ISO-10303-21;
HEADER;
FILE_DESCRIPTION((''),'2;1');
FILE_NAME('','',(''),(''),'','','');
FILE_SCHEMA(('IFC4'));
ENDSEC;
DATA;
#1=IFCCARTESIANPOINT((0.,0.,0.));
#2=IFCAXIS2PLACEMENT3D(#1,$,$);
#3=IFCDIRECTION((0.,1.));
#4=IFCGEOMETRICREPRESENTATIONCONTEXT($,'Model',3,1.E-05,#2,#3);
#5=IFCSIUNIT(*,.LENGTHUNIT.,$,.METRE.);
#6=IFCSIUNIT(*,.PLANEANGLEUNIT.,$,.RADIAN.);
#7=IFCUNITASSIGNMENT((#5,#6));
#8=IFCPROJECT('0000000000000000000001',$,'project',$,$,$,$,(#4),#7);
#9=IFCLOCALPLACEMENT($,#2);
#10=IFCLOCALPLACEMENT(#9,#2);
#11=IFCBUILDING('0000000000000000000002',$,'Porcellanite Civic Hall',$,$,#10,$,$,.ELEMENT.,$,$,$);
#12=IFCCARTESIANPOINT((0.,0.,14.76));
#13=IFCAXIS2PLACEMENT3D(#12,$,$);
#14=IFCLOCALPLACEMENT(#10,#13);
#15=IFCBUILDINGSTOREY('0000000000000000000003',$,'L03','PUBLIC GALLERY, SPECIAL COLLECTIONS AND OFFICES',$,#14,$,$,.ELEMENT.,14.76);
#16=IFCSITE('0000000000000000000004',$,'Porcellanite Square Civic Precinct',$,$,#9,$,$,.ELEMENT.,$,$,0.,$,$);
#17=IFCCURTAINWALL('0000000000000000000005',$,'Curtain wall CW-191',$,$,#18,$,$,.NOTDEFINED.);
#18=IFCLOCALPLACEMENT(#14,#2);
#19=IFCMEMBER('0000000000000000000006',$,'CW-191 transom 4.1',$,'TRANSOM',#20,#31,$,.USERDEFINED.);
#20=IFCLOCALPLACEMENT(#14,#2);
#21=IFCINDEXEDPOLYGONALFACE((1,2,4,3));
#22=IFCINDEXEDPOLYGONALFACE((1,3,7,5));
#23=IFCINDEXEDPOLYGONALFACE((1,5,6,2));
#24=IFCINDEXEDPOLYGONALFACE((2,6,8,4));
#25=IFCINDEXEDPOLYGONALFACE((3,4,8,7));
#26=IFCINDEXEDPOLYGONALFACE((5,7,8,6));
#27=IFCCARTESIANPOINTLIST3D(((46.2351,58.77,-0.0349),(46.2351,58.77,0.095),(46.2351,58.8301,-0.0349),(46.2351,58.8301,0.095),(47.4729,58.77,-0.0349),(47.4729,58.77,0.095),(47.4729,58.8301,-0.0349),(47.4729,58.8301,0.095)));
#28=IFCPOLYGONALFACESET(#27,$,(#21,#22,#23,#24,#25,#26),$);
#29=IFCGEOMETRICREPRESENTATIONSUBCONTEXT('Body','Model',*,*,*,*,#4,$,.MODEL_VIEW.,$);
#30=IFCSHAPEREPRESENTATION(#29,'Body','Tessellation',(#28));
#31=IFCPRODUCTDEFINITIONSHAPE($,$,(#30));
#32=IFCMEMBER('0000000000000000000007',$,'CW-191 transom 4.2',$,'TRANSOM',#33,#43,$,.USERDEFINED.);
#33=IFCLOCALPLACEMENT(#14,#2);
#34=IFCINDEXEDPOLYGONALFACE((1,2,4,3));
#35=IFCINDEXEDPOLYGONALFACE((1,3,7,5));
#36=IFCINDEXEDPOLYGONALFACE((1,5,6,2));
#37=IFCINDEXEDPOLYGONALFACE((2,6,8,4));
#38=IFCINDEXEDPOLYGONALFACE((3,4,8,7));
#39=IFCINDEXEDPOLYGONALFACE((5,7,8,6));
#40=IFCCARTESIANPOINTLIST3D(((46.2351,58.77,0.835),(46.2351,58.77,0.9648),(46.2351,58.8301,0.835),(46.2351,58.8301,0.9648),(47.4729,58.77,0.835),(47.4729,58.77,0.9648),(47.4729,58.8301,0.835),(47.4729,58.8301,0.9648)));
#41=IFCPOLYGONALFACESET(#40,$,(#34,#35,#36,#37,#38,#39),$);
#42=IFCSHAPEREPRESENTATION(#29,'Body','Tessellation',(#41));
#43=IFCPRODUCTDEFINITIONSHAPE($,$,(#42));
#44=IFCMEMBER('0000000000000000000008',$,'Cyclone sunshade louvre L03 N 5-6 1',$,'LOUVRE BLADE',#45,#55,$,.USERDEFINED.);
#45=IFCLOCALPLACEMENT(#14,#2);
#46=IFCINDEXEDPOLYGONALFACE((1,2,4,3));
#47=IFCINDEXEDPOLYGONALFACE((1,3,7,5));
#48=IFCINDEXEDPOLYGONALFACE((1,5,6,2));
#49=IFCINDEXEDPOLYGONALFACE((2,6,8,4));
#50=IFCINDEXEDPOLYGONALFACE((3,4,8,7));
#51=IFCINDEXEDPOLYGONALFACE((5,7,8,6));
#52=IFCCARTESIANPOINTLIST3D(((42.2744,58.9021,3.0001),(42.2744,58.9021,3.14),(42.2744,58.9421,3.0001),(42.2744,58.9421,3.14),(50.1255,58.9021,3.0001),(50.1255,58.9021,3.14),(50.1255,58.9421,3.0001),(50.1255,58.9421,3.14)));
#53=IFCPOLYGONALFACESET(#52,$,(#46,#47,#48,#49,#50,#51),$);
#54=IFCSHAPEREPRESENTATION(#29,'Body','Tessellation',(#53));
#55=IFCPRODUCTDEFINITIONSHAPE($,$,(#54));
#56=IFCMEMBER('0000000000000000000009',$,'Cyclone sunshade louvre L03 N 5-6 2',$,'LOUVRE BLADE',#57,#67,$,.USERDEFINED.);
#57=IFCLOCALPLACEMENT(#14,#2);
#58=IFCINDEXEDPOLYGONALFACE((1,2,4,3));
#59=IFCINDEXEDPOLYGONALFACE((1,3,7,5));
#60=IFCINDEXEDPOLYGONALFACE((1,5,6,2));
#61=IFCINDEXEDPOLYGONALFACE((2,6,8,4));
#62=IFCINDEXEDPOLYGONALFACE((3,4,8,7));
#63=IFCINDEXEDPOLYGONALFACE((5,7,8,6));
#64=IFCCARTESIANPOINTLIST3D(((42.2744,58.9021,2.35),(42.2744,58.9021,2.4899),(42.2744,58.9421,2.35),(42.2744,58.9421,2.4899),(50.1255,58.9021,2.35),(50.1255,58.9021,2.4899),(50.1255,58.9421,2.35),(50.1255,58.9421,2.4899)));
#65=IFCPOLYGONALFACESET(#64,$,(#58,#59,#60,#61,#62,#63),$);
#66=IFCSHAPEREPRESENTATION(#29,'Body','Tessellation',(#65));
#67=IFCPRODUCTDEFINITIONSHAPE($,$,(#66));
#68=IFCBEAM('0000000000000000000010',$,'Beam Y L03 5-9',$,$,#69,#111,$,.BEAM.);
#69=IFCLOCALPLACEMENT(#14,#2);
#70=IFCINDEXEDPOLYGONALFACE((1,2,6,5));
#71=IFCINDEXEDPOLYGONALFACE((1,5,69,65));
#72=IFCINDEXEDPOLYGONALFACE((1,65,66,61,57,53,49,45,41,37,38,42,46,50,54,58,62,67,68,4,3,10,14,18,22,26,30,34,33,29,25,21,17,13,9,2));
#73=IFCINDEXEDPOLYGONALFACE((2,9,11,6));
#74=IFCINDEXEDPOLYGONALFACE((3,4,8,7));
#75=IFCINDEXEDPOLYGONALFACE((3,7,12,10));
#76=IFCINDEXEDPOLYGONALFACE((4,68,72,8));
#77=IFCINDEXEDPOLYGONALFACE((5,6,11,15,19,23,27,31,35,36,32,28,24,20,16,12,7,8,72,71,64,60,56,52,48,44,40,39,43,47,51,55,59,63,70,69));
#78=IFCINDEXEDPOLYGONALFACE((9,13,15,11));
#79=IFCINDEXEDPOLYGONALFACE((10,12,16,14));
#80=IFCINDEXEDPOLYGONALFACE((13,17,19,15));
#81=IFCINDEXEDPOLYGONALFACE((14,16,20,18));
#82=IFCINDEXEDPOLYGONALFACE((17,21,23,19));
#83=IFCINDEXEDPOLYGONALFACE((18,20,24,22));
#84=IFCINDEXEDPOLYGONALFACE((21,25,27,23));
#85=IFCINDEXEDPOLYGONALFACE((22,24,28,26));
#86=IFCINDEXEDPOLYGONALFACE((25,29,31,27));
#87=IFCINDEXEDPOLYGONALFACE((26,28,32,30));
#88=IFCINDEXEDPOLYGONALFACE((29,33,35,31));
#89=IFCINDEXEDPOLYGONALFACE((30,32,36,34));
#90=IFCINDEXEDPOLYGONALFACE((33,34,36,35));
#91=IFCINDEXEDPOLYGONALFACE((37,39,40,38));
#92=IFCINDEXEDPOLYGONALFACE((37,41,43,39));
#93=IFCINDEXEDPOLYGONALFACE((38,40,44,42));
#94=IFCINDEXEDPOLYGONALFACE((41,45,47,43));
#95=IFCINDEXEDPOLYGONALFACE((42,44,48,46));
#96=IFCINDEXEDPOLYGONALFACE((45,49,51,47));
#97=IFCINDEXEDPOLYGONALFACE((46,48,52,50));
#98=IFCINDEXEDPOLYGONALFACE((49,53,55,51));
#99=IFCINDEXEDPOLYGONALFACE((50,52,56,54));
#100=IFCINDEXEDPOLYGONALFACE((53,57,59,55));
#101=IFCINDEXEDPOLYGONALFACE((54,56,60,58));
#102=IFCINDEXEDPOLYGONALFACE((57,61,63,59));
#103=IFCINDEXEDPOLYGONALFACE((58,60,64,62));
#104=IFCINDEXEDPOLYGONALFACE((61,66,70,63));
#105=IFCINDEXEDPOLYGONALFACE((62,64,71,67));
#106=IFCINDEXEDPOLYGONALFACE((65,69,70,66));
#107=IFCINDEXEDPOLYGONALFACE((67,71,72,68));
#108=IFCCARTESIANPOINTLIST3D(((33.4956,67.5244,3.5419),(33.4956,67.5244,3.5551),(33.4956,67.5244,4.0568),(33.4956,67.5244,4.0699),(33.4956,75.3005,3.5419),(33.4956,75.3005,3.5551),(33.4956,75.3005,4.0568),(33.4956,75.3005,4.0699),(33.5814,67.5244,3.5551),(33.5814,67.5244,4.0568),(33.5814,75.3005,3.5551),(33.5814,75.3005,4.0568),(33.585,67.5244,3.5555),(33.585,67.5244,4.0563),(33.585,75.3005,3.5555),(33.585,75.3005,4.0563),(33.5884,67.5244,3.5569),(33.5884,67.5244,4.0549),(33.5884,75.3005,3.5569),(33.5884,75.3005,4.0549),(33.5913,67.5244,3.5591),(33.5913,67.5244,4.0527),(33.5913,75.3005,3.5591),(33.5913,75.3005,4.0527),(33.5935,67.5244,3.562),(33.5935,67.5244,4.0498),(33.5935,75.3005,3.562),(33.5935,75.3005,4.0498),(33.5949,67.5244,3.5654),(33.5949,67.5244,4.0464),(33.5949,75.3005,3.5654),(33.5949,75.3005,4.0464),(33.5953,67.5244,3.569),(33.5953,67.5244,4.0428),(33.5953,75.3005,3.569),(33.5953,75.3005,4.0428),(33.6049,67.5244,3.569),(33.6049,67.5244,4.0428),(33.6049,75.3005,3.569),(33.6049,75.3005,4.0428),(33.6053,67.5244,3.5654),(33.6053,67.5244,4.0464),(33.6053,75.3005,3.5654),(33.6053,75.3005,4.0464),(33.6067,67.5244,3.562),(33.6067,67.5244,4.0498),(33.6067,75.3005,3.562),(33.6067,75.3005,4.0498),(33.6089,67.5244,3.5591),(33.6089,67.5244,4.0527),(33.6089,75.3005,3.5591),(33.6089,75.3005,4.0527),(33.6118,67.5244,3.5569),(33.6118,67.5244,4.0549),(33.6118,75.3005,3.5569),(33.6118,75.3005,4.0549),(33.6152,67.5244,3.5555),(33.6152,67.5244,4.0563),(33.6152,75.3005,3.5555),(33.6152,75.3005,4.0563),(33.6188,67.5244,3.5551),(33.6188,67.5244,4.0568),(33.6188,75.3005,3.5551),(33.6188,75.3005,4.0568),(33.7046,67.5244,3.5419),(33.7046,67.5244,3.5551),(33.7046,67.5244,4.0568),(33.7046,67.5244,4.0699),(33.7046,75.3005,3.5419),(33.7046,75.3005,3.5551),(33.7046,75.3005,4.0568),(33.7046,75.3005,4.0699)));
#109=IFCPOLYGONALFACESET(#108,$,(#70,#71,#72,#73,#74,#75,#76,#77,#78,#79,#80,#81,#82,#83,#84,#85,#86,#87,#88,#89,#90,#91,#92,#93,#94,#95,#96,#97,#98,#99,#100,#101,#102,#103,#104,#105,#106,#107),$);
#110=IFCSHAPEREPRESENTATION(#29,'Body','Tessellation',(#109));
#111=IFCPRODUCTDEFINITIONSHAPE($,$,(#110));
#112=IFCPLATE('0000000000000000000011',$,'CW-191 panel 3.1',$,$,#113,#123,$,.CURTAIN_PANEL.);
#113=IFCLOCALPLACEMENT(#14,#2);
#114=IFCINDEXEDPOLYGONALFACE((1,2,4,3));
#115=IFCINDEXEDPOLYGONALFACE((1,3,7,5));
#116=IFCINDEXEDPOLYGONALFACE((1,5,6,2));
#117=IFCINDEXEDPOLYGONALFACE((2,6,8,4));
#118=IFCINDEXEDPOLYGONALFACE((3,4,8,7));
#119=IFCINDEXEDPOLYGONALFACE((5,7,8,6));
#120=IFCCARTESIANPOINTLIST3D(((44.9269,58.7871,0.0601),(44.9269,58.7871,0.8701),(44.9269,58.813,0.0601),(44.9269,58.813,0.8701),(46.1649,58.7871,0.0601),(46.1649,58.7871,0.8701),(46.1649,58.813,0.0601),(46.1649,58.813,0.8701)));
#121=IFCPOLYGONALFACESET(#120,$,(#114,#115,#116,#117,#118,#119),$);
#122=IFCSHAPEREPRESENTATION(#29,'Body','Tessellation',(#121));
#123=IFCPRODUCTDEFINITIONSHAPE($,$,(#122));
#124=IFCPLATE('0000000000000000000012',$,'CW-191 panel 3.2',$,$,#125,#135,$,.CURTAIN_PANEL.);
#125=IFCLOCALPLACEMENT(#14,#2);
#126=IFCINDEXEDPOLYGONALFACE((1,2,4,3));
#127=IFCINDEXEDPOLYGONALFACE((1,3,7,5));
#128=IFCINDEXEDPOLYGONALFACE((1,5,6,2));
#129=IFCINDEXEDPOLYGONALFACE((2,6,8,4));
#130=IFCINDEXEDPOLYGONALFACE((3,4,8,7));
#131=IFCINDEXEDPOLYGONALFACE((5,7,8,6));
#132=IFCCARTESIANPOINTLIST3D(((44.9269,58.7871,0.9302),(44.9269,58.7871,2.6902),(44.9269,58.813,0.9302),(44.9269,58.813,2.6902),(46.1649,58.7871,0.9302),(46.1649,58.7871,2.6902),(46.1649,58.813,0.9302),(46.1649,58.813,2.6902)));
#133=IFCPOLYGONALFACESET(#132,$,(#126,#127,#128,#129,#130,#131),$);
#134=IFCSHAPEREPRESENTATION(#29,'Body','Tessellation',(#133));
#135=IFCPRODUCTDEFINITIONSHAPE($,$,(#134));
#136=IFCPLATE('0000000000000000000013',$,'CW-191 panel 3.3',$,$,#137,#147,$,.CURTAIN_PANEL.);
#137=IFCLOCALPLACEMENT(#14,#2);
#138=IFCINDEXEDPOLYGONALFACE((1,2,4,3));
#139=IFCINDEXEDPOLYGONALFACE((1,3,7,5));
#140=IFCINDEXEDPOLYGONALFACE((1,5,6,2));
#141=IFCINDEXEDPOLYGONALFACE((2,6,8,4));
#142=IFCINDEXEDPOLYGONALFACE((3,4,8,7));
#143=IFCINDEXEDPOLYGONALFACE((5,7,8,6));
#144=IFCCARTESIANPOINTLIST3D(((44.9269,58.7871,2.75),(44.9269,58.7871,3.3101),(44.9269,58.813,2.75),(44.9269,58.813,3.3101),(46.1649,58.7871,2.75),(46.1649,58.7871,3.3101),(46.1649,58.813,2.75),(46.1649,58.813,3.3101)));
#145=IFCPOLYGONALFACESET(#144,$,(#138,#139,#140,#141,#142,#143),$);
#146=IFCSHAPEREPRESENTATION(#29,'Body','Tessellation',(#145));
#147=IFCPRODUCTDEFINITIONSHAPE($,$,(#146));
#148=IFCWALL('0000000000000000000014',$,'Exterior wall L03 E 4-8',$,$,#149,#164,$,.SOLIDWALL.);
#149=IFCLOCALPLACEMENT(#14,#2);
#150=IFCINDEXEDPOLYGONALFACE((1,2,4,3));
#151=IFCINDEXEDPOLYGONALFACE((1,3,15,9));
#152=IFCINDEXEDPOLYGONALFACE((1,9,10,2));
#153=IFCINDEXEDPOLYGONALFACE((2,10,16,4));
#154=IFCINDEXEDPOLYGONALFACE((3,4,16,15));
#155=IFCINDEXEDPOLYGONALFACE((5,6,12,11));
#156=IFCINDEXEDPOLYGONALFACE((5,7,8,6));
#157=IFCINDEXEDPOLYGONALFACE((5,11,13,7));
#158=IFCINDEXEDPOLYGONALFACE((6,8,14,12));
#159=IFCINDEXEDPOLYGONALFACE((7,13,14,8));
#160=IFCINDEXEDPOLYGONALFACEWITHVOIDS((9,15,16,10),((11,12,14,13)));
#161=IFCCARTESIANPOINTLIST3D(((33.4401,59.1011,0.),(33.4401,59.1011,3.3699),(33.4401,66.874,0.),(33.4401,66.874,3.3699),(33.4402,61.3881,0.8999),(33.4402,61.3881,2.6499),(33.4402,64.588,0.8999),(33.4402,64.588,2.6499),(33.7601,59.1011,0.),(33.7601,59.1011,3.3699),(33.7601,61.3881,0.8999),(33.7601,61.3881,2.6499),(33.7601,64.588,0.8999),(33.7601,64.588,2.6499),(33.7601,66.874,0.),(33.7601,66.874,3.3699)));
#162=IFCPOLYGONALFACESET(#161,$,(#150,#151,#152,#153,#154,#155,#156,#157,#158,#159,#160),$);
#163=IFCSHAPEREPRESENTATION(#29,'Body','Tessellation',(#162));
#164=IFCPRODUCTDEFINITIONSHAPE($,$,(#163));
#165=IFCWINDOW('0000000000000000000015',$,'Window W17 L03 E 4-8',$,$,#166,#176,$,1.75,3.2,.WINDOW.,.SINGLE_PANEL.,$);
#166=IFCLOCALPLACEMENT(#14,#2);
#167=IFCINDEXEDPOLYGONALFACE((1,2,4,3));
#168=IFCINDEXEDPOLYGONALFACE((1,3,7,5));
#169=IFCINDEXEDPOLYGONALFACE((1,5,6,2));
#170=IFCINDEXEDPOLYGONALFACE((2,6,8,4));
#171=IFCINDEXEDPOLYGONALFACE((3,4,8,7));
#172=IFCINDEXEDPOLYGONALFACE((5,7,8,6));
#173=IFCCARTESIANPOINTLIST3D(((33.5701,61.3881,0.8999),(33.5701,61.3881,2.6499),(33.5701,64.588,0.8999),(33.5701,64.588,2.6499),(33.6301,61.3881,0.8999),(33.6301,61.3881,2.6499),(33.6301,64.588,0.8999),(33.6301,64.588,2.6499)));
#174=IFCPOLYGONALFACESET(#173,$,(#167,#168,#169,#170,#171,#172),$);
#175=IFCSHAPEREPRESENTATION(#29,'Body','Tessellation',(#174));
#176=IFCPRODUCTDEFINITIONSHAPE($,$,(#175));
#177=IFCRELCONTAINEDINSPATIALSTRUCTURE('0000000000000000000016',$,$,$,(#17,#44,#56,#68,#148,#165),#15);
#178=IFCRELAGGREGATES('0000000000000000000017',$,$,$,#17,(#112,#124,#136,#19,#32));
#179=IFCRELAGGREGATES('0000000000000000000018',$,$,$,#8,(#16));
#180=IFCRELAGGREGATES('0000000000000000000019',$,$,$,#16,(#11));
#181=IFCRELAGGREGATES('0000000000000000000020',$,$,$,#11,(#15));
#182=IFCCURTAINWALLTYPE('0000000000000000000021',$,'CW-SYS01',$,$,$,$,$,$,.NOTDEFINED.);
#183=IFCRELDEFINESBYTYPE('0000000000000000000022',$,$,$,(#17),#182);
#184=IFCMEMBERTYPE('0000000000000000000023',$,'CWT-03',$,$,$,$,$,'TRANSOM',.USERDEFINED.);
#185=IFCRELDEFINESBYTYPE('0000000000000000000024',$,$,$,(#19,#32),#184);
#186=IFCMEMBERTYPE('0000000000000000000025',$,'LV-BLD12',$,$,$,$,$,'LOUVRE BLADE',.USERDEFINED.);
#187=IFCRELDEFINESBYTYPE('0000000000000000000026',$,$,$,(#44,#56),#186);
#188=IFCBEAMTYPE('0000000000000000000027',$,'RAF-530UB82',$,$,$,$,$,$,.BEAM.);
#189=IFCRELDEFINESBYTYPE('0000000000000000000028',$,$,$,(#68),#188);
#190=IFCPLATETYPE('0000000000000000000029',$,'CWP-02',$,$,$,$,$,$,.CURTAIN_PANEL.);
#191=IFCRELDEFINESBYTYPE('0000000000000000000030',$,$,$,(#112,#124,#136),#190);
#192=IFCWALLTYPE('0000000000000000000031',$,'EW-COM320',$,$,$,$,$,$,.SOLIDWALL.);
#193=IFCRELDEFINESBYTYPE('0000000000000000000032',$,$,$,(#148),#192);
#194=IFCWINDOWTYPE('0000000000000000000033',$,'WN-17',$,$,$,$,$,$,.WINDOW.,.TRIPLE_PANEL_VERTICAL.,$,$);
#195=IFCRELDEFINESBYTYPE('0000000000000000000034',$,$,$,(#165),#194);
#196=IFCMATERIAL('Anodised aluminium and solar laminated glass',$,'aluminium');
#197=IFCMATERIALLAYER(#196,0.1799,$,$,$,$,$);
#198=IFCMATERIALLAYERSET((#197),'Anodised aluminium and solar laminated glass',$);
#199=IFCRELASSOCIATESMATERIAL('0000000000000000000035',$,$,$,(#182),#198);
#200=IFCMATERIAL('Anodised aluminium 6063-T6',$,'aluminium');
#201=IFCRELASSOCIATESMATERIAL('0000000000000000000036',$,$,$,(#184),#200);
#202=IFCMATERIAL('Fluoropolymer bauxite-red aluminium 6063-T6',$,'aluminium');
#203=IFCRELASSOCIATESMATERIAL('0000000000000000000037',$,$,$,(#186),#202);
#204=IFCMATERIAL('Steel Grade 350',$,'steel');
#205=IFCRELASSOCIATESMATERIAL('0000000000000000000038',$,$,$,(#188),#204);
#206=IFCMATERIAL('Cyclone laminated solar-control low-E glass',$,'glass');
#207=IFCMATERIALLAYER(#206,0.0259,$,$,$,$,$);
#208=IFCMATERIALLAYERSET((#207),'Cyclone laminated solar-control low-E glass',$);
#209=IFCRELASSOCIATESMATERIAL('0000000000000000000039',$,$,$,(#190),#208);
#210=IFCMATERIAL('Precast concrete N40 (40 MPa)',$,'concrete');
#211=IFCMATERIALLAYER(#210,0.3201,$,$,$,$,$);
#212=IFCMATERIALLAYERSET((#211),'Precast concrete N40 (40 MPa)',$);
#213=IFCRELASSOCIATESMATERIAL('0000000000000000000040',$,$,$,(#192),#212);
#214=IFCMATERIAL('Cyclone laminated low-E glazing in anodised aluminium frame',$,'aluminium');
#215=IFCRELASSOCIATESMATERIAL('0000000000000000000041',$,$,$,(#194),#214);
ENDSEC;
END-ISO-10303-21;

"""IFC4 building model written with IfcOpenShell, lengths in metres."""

from ifc_helpers import new_model, si_unit, direction, frame, frame_2d, origin, origin_2d, place, context, subcontext, project, spatial, rectangle, i_section, extrude, material, layer, layer_set, material_profile, profile_set, type_object, element, fill, aggregate, save


model = new_model("IFC4")

# Units and contexts
model_context = context("Model", 3, precision=1e-05, world=origin(), true_north=direction((0.0, 1.0)))
body_context = subcontext(model_context, "Body", "Model", "MODEL_VIEW")
ifc_project = project(units=[si_unit("LENGTHUNIT", "METRE"), si_unit("PLANEANGLEUNIT", "RADIAN")], contexts=[model_context])

# Site, building, storey
site_placement = place(None, origin())
site = spatial("IfcSite", under=ifc_project, at=site_placement, Name="Porcellanite Square Civic Precinct", CompositionType="ELEMENT", RefElevation=0.0)
building_placement = place(site_placement, origin())
building = spatial("IfcBuilding", under=site, at=building_placement, Name="Porcellanite Civic Hall", CompositionType="ELEMENT")
storey_placement = place(building_placement, frame((0.0, 0.0, 14.76)))
storey = spatial("IfcBuildingStorey", under=building, at=storey_placement, Name="L03", Description="PUBLIC GALLERY, SPECIAL COLLECTIONS AND OFFICES", CompositionType="ELEMENT", Elevation=14.76)

# Curtain wall, members
ifc_material_1 = material(Name="Anodised aluminium and solar laminated glass", Category="aluminium")
ifc_layer_1 = layer(ifc_material_1, 0.1799)
ifc_layer_set_1 = layer_set([ifc_layer_1], Name="Anodised aluminium and solar laminated glass")
curtain_wall_type = type_object("IfcCurtainWallType", Name="CW-SYS01", PredefinedType="NOTDEFINED", material=ifc_layer_set_1)
curtain_wall_placement = place(storey_placement, origin())
curtain_wall = element("IfcCurtainWall", 1, at=curtain_wall_placement, inside=storey, type_object=curtain_wall_type, Name="Curtain wall CW-191", PredefinedType="NOTDEFINED")
ifc_material_2 = material(Name="Anodised aluminium 6063-T6", Category="aluminium")
ifc_material_profile_1 = material_profile(ifc_material_2, rectangle(XDim=0.0601, YDim=0.1299, at=origin_2d()), Name="AL-60x130")
ifc_profile_set_1 = profile_set([ifc_material_profile_1], Name="Anodised aluminium 6063-T6")
member_type_1 = type_object("IfcMemberType", Name="CWT-03", ElementType="TRANSOM", PredefinedType="USERDEFINED", material=ifc_profile_set_1)
member_1_placement = place(storey_placement, frame((46.2351, 58.8, 0.03), z_axis=(1.0, 0.0, 0.0), x_axis=(0.0, 1.0, 0.0)))
member_1 = element("IfcMember", 2, at=member_1_placement, type_object=member_type_1, Name="CW-191 transom 4.1", ObjectType="TRANSOM", PredefinedType="USERDEFINED", context=body_context, shape_type="SweptSolid", body=[
    extrude(rectangle(XDim=0.0601, YDim=0.1299, at=origin_2d()), origin(), (0.0, 0.0, 1.0), 1.2378),
])
member_2_placement = place(storey_placement, frame((46.2351, 58.8, 0.8999), z_axis=(1.0, 0.0, 0.0), x_axis=(0.0, 1.0, 0.0)))
member_2 = element("IfcMember", 3, at=member_2_placement, type_object=member_type_1, Name="CW-191 transom 4.2", ObjectType="TRANSOM", PredefinedType="USERDEFINED", context=body_context, shape_type="SweptSolid", body=[
    extrude(rectangle(XDim=0.0601, YDim=0.1299, at=origin_2d()), origin(), (0.0, 0.0, 1.0), 1.2378),
])

# Members
ifc_material_3 = material(Name="Fluoropolymer bauxite-red aluminium 6063-T6", Category="aluminium")
ifc_material_profile_2 = material_profile(ifc_material_3, rectangle(XDim=0.04, YDim=0.1399, at=origin_2d()), Name="AL-40x140")
ifc_profile_set_2 = profile_set([ifc_material_profile_2], Name="Fluoropolymer bauxite-red aluminium 6063-T6")
member_type_2 = type_object("IfcMemberType", Name="LV-BLD12", ElementType="LOUVRE BLADE", PredefinedType="USERDEFINED", material=ifc_profile_set_2)
for number, where, z_axis, x_axis, name in (
    (4, (42.2744, 58.9221, 3.0701), (1.0, 0.0, 0.0), (0.0, 1.0, 0.0), "Cyclone sunshade louvre L03 N 5-6 1"),
    (5, (42.2744, 58.9221, 2.4199), (1.0, 0.0, 0.0), (0.0, 1.0, 0.0), "Cyclone sunshade louvre L03 N 5-6 2"),
):
    element("IfcMember", number, at=place(storey_placement, frame(where, z_axis=z_axis, x_axis=x_axis)), inside=storey, type_object=member_type_2, Name=name, ObjectType="LOUVRE BLADE", PredefinedType="USERDEFINED", context=body_context, shape_type="SweptSolid", body=[
        extrude(rectangle(XDim=0.04, YDim=0.1399, at=origin_2d()), origin(), (0.0, 0.0, 1.0), 7.8511),
    ])

# Beam
ifc_material_4 = material(Name="Steel Grade 350", Category="steel")
ifc_material_profile_3 = material_profile(ifc_material_4, i_section(OverallWidth=0.209, OverallDepth=0.5281, WebThickness=0.0095, FlangeThickness=0.0132, FilletRadius=0.0139, at=origin_2d()), Name="530UB82.0")
ifc_profile_set_3 = profile_set([ifc_material_profile_3], Name="Steel Grade 350")
beam_type_1 = type_object("IfcBeamType", Name="RAF-530UB82", PredefinedType="BEAM", material=ifc_profile_set_3)
beam_1_placement = place(storey_placement, frame((33.6001, 67.5244, 3.8059), z_axis=(0.0, 1.0, 0.0), x_axis=(-1.0, 0.0, 0.0)))
element("IfcBeam", 6, at=beam_1_placement, inside=storey, type_object=beam_type_1, Name="Beam Y L03 5-9", PredefinedType="BEAM", context=body_context, shape_type="SweptSolid", body=[
    extrude(i_section(OverallWidth=0.209, OverallDepth=0.5281, WebThickness=0.0095, FlangeThickness=0.0132, FilletRadius=0.0139, at=origin_2d()), origin(), (0.0, 0.0, 1.0), 7.7761),
])

# Plates
ifc_material_5 = material(Name="Cyclone laminated solar-control low-E glass", Category="glass")
ifc_layer_2 = layer(ifc_material_5, 0.0259)
ifc_layer_set_2 = layer_set([ifc_layer_2], Name="Cyclone laminated solar-control low-E glass")
plate_type = type_object("IfcPlateType", Name="CWP-02", PredefinedType="CURTAIN_PANEL", material=ifc_layer_set_2)
plate_1_placement = place(storey_placement, frame((45.5459, 58.8, 0.0601), z_axis=(0.0, 0.0, 1.0), x_axis=(1.0, 0.0, 0.0)))
plate_1 = element("IfcPlate", 7, at=plate_1_placement, type_object=plate_type, Name="CW-191 panel 3.1", PredefinedType="CURTAIN_PANEL", context=body_context, shape_type="SweptSolid", body=[
    extrude(rectangle(XDim=1.238, YDim=0.0259, at=origin_2d()), origin(), (0.0, 0.0, 1.0), 0.8101),
])
plate_2_placement = place(storey_placement, frame((45.5459, 58.8, 0.9302), z_axis=(0.0, 0.0, 1.0), x_axis=(1.0, 0.0, 0.0)))
plate_2 = element("IfcPlate", 8, at=plate_2_placement, type_object=plate_type, Name="CW-191 panel 3.2", PredefinedType="CURTAIN_PANEL", context=body_context, shape_type="SweptSolid", body=[
    extrude(rectangle(XDim=1.238, YDim=0.0259, at=origin_2d()), origin(), (0.0, 0.0, 1.0), 1.76),
])
plate_3_placement = place(storey_placement, frame((45.5459, 58.8, 2.75), z_axis=(0.0, 0.0, 1.0), x_axis=(1.0, 0.0, 0.0)))
plate_3 = element("IfcPlate", 9, at=plate_3_placement, type_object=plate_type, Name="CW-191 panel 3.3", PredefinedType="CURTAIN_PANEL", context=body_context, shape_type="SweptSolid", body=[
    extrude(rectangle(XDim=1.238, YDim=0.0259, at=origin_2d()), origin(), (0.0, 0.0, 1.0), 0.5601),
])
aggregate(curtain_wall, [plate_1, plate_2, plate_3, member_1, member_2])

# Wall, opening, window
ifc_material_6 = material(Name="Precast concrete N40 (40 MPa)", Category="concrete")
ifc_layer_3 = layer(ifc_material_6, 0.3201)
ifc_layer_set_3 = layer_set([ifc_layer_3], Name="Precast concrete N40 (40 MPa)")
wall_type_1 = type_object("IfcWallType", Name="EW-COM320", PredefinedType="SOLIDWALL", material=ifc_layer_set_3)
wall_1_placement = place(storey_placement, frame((33.6001, 66.874, 0.0), z_axis=(0.0, 0.0, 1.0), x_axis=(0.0, -1.0, 0.0)))
wall_1 = element("IfcWall", 10, at=wall_1_placement, inside=storey, type_object=wall_type_1, Name="Exterior wall L03 E 4-8", PredefinedType="SOLIDWALL", context=body_context, shape_type="SweptSolid", body=[
    extrude(rectangle(XDim=7.7729, YDim=0.3201, at=frame_2d((3.8865, 0.0))), origin(), (0.0, 0.0, 1.0), 3.3699),
])
opening_placement = place(wall_1_placement, frame((2.2859, 0.0, 0.8999)))
opening = element("IfcOpeningElement", 11, at=opening_placement, cuts=wall_1, PredefinedType="OPENING", context=body_context, shape_type="SweptSolid", body=[
    extrude(rectangle(XDim=3.2, YDim=1.75, at=frame_2d((1.6001, 0.875))), frame((0.0, 0.1602, 0.0), z_axis=(0.0, -1.0, 0.0), x_axis=(1.0, 0.0, 0.0)), (0.0, 0.0, 1.0), 0.3201),
])
ifc_material_7 = material(Name="Cyclone laminated low-E glazing in anodised aluminium frame", Category="aluminium")
window_type = type_object("IfcWindowType", Name="WN-17", PartitioningType="TRIPLE_PANEL_VERTICAL", PredefinedType="WINDOW", material=ifc_material_7)
window_placement = place(opening_placement, origin())
window = element("IfcWindow", 12, at=window_placement, inside=storey, type_object=window_type, Name="Window W17 L03 E 4-8", OverallHeight=1.75, OverallWidth=3.2, PartitioningType="SINGLE_PANEL", PredefinedType="WINDOW", context=body_context, shape_type="SweptSolid", body=[
    extrude(rectangle(XDim=3.2, YDim=1.75, at=frame_2d((1.6001, 0.875))), frame((0.0, 0.03, 0.0), z_axis=(0.0, -1.0, 0.0), x_axis=(1.0, 0.0, 0.0)), (0.0, 0.0, 1.0), 0.0601),
])
fill(opening, window)

save(model, "model.ifc")
